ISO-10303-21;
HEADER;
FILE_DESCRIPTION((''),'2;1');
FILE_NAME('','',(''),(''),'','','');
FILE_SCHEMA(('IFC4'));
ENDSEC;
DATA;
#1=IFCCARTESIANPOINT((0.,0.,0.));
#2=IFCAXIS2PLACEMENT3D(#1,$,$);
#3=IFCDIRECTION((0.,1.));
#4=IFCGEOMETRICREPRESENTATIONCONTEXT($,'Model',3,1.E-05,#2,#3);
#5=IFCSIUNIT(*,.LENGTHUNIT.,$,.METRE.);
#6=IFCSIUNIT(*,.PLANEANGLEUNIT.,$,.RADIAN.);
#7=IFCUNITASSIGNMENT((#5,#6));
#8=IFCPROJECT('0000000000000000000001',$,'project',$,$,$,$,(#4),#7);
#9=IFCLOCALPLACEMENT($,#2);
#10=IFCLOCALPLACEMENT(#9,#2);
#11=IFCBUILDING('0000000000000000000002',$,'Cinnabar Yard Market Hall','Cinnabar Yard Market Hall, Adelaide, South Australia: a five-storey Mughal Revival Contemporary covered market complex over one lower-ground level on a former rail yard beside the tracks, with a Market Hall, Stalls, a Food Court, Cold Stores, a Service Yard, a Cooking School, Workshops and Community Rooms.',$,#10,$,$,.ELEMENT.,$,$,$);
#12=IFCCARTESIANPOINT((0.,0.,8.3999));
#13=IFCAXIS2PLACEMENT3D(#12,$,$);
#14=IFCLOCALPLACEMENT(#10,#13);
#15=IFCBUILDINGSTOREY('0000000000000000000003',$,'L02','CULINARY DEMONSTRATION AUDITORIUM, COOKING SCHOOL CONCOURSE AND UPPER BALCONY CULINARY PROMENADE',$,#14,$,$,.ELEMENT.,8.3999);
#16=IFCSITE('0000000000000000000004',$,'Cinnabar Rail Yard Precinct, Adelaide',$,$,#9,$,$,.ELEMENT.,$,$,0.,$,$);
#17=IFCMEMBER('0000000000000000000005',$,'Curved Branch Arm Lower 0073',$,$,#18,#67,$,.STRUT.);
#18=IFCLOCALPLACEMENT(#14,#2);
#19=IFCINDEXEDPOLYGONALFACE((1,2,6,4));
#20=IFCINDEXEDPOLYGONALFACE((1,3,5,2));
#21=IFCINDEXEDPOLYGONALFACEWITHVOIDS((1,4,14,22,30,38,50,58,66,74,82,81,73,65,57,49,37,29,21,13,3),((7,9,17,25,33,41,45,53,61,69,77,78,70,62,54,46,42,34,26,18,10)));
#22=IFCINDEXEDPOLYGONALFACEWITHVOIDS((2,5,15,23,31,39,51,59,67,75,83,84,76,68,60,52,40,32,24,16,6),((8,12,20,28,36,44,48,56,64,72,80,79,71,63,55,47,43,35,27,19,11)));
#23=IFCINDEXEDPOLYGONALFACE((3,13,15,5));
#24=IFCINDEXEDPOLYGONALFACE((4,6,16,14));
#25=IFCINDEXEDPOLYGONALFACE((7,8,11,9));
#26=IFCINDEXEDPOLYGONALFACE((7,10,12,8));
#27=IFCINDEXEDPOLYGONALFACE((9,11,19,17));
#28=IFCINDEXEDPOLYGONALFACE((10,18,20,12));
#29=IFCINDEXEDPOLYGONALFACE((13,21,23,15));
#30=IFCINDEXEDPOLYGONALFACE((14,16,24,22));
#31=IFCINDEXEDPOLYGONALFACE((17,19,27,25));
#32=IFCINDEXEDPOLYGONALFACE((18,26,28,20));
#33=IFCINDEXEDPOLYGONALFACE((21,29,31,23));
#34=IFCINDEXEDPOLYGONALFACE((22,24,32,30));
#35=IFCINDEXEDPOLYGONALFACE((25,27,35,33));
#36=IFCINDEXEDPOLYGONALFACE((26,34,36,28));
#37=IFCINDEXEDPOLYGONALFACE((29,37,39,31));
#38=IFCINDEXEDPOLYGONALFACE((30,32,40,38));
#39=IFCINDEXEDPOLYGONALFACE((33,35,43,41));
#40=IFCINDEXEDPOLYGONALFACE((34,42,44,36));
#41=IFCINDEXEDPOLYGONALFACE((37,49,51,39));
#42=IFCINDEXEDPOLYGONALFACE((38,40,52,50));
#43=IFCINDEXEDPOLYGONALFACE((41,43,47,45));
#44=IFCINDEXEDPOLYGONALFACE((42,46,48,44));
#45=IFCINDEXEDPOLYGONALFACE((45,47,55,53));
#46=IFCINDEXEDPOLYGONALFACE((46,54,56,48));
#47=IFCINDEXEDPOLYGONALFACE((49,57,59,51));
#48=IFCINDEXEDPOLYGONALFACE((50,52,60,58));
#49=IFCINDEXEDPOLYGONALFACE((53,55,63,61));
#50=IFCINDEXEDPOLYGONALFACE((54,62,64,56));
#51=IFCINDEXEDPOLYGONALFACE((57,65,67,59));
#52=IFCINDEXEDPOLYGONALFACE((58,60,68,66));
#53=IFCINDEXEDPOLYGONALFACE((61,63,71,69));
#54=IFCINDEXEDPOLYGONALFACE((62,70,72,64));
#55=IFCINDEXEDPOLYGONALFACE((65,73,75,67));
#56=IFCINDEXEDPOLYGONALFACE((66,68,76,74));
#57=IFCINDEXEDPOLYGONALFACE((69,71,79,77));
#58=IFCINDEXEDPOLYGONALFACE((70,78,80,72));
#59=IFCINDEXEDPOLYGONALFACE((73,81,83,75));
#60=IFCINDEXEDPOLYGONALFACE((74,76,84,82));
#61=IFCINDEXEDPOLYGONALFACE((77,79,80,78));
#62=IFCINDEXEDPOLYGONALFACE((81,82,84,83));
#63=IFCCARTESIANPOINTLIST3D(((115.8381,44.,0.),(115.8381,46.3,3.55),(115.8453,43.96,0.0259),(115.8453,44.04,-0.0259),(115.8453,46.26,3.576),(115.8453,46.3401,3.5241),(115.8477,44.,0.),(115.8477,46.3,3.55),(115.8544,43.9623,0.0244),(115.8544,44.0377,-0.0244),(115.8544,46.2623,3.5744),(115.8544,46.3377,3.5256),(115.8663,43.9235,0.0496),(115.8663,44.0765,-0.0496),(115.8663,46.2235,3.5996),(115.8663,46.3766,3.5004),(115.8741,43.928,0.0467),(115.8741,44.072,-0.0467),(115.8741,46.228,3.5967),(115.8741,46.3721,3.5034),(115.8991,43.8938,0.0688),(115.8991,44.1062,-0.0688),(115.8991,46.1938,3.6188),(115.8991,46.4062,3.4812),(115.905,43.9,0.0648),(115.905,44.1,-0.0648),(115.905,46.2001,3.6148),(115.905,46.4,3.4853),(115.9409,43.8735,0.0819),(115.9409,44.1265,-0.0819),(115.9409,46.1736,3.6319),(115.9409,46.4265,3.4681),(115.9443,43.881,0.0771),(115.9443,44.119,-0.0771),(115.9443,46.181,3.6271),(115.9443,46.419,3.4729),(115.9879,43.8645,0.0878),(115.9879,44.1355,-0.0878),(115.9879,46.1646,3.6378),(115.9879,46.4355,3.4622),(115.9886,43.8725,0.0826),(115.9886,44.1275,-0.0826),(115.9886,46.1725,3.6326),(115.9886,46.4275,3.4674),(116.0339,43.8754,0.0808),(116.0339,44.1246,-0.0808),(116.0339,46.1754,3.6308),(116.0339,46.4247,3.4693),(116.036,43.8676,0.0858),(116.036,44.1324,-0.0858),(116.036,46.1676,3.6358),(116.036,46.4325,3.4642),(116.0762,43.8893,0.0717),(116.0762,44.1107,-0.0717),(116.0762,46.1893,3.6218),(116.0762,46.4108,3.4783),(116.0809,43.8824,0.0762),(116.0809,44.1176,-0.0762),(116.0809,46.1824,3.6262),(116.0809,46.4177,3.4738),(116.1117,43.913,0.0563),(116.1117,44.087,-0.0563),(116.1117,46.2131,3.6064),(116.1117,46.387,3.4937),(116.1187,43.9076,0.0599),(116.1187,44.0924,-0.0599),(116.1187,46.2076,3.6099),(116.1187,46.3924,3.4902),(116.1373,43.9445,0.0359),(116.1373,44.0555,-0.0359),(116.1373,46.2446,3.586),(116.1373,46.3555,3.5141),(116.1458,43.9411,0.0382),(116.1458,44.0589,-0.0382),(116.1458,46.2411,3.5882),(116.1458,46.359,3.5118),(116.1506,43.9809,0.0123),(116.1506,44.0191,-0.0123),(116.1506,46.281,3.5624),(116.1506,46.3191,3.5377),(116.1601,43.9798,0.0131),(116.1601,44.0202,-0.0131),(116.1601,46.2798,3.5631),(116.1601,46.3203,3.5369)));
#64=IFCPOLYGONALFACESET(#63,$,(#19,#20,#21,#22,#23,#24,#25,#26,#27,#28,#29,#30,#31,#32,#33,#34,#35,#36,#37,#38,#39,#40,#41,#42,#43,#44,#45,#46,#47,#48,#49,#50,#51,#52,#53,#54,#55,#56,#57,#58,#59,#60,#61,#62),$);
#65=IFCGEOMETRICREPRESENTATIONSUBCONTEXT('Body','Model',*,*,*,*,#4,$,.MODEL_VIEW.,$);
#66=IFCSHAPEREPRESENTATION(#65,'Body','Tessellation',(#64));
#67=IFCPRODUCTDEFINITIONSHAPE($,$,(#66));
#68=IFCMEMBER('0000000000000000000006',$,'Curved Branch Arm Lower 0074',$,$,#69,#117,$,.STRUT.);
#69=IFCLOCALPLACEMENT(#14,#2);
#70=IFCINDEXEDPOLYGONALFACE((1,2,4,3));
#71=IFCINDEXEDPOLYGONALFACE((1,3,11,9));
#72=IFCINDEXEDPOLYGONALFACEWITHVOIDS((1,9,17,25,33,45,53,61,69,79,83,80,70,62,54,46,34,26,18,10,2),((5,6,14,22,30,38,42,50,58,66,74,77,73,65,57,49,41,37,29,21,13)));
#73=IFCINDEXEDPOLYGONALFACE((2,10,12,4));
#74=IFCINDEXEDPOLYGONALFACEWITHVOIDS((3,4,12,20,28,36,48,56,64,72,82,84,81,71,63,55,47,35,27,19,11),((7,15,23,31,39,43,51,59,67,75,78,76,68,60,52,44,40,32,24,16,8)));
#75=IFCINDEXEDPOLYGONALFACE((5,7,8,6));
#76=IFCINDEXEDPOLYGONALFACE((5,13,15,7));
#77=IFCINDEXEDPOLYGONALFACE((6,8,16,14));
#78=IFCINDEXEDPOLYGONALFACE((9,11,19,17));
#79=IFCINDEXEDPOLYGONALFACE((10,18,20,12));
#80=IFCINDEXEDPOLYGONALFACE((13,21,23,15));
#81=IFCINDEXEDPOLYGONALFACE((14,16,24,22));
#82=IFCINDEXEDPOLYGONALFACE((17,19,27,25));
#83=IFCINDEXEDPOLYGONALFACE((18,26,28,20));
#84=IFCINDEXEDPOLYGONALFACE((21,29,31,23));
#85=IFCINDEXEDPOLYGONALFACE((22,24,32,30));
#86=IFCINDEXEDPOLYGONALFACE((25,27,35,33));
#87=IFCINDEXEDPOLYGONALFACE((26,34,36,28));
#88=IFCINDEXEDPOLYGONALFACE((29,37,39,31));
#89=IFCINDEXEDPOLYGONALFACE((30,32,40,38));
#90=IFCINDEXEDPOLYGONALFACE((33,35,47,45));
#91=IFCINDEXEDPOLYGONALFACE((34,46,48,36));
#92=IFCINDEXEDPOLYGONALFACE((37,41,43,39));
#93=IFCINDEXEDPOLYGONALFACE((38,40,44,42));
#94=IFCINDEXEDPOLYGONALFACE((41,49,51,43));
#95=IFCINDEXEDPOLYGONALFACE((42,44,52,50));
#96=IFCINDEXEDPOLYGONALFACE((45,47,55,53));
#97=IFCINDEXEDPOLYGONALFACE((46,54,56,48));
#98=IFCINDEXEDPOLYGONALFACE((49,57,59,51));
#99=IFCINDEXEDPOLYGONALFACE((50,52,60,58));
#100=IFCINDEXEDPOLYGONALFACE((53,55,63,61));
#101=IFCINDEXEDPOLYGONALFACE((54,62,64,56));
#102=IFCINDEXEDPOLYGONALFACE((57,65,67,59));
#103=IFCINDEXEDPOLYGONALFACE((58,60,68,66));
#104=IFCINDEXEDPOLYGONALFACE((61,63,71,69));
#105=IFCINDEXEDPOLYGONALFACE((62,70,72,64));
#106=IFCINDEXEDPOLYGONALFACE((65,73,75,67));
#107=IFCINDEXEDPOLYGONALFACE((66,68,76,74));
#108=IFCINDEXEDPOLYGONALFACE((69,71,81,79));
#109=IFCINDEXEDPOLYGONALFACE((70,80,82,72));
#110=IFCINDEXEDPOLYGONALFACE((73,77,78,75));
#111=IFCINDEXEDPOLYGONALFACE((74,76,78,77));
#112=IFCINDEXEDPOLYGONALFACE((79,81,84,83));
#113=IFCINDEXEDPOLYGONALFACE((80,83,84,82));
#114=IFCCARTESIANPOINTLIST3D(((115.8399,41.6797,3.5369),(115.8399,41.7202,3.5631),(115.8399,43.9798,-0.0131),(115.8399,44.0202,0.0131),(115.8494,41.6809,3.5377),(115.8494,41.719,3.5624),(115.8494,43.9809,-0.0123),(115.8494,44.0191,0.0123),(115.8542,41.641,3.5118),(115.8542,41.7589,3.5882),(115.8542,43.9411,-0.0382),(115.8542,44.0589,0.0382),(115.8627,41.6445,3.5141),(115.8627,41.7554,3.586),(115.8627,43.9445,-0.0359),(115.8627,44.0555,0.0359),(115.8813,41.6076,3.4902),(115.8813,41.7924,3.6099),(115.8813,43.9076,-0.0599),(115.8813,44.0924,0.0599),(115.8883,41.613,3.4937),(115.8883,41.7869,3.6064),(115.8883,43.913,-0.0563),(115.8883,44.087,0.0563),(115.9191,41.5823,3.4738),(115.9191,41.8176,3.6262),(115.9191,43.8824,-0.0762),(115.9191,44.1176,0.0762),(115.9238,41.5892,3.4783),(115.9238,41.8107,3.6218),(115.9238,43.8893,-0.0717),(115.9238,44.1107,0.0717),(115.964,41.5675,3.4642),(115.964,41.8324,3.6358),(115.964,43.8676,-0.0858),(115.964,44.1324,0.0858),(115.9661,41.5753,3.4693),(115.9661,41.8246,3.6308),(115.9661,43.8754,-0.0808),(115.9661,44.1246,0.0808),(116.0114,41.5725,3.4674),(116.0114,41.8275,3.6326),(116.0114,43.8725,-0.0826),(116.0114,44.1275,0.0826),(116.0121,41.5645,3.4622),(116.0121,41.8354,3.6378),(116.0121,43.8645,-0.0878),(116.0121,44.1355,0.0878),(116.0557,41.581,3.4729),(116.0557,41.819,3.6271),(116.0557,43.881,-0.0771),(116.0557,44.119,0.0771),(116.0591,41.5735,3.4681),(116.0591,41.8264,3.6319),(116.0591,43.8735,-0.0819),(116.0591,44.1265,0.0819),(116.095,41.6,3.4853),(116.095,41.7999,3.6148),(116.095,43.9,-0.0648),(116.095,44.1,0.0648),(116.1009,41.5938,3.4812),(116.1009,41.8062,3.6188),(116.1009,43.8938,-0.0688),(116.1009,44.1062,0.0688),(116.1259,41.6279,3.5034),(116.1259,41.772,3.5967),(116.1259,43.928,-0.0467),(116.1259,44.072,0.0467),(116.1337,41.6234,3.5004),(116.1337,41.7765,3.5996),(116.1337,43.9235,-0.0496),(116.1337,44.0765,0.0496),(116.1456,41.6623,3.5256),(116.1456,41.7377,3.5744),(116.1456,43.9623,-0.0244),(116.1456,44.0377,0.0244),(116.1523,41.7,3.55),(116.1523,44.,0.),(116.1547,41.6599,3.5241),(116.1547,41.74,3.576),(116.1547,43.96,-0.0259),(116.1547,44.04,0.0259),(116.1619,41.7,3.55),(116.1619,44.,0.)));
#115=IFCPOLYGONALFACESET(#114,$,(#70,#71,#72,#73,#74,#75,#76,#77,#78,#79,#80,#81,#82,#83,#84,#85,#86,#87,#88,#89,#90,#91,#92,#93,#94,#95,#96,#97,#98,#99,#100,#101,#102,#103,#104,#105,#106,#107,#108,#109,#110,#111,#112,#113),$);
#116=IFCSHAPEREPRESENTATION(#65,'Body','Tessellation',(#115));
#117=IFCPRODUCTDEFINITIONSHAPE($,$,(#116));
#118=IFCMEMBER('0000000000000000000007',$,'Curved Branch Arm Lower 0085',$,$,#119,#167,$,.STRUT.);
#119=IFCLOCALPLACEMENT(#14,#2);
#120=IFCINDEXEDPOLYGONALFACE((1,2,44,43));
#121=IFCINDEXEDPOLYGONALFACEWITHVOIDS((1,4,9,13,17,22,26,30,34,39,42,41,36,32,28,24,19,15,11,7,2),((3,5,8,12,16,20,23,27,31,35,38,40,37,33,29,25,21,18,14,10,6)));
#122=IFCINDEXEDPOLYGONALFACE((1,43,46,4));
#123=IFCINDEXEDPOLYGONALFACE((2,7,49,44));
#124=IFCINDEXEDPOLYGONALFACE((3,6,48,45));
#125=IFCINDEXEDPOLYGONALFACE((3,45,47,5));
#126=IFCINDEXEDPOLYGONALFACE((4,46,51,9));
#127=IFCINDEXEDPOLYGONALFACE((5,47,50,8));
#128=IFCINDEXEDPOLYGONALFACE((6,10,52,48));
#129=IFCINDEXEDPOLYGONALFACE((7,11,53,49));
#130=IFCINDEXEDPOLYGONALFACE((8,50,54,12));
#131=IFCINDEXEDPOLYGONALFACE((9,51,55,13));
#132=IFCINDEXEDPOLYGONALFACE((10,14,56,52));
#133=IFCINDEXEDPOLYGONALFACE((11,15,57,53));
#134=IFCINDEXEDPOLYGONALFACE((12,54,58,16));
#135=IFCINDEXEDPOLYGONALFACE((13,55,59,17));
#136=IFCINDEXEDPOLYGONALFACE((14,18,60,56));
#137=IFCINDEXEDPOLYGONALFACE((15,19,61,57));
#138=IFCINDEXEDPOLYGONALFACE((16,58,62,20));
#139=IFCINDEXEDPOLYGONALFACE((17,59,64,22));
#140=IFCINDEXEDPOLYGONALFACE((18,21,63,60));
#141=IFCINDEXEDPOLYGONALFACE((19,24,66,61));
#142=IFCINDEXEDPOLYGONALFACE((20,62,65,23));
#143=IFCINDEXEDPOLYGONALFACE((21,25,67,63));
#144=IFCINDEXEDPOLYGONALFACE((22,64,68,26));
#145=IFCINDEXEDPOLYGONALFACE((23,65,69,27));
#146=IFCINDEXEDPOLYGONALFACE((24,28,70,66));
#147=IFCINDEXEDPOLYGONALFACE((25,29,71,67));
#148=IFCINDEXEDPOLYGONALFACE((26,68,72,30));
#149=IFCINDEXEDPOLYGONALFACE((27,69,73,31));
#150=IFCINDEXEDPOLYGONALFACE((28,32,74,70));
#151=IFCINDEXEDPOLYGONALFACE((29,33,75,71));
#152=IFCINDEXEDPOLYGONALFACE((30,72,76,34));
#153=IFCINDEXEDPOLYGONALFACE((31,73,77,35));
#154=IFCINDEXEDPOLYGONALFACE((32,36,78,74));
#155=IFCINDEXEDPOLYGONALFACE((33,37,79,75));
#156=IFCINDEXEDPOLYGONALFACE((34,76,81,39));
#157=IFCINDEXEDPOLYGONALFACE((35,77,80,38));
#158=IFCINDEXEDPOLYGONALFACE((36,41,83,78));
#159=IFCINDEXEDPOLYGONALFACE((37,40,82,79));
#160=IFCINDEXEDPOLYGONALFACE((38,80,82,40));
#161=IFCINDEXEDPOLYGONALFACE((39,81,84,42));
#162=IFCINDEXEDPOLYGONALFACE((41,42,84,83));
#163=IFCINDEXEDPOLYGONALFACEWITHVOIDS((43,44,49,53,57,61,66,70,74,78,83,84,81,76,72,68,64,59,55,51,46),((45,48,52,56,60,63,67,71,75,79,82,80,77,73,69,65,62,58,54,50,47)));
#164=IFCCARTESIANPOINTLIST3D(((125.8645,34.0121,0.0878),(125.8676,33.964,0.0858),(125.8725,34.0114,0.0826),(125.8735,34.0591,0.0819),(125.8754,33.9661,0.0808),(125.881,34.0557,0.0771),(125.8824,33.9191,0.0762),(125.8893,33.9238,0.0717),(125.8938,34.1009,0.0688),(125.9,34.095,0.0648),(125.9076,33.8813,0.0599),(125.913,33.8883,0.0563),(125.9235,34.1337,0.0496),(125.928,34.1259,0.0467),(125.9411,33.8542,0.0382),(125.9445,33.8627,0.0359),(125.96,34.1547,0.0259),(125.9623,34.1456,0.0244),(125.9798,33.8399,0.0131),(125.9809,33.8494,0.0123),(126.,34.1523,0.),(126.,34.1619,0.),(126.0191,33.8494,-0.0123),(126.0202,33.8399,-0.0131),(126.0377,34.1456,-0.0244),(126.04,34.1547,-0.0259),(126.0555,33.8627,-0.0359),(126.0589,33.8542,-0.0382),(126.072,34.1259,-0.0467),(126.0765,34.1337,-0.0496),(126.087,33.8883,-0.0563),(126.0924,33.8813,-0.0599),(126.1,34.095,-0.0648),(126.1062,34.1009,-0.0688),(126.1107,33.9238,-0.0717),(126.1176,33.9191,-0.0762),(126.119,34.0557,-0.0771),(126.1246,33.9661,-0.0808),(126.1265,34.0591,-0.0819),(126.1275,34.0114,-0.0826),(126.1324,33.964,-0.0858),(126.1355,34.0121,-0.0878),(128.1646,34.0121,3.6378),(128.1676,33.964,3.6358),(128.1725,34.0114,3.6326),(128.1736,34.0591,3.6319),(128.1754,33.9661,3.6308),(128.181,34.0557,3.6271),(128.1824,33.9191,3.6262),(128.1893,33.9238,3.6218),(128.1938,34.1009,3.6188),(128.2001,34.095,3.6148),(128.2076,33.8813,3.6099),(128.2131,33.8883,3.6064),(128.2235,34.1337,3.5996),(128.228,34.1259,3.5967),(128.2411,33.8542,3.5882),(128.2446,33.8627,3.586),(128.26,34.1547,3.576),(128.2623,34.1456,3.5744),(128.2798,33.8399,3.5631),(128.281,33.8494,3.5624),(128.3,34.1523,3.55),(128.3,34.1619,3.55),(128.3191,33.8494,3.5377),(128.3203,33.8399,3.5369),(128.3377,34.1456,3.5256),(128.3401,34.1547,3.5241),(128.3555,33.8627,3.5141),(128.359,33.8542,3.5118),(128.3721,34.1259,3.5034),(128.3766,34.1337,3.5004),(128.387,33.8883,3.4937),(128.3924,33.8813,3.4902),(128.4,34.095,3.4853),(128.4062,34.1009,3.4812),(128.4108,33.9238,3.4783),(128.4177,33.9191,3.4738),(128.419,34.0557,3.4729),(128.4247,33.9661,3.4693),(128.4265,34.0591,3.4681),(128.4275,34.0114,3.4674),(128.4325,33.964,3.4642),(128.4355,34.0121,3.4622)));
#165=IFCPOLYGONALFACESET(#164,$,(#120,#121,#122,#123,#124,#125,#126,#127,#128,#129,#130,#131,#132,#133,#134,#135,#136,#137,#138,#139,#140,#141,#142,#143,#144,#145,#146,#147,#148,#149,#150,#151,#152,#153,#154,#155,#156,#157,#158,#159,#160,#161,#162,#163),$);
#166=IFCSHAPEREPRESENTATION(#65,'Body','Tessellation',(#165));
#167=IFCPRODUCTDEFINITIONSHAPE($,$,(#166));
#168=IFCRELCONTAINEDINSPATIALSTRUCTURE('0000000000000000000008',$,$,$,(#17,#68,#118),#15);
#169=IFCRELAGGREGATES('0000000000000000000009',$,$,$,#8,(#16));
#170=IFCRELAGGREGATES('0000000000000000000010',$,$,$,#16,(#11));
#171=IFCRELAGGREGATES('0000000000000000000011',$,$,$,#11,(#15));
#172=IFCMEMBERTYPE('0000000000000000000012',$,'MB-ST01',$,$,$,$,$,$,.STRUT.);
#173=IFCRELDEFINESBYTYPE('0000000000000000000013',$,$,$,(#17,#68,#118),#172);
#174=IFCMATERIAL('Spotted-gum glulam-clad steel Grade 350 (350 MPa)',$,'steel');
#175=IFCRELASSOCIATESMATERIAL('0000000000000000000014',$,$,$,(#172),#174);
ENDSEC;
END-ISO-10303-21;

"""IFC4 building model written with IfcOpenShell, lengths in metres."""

from ifc_helpers import new_model, si_unit, direction, frame, origin, origin_2d_with_axis, place, context, subcontext, project, spatial, hollow_circle, extrude, material, material_profile, profile_set, type_object, element, save


model = new_model("IFC4")

# Units and contexts
model_context = context("Model", 3, precision=1e-05, world=origin(), true_north=direction((0.0, 1.0)))
body_context = subcontext(model_context, "Body", "Model", "MODEL_VIEW")
ifc_project = project(units=[si_unit("LENGTHUNIT", "METRE"), si_unit("PLANEANGLEUNIT", "RADIAN")], contexts=[model_context])

# Site, building, storey
site_placement = place(None, origin())
site = spatial("IfcSite", under=ifc_project, at=site_placement, Name="Cinnabar Rail Yard Precinct, Adelaide", CompositionType="ELEMENT", RefElevation=0.0)
building_placement = place(site_placement, origin())
building = spatial("IfcBuilding", under=site, at=building_placement, Name="Cinnabar Yard Market Hall", Description="Cinnabar Yard Market Hall, Adelaide, South Australia: a five-storey Mughal Revival Contemporary covered market complex over one lower-ground level on a former rail yard beside the tracks, with a Market Hall, Stalls, a Food Court, Cold Stores, a Service Yard, a Cooking School, Workshops and Community Rooms.", CompositionType="ELEMENT")
storey_placement = place(building_placement, frame((0.0, 0.0, 8.3999)))
storey = spatial("IfcBuildingStorey", under=building, at=storey_placement, Name="L02", Description="CULINARY DEMONSTRATION AUDITORIUM, COOKING SCHOOL CONCOURSE AND UPPER BALCONY CULINARY PROMENADE", CompositionType="ELEMENT", Elevation=8.3999)

# Shared definitions
ifc_material_1 = material(Name="Spotted-gum glulam-clad steel Grade 350 (350 MPa)", Category="steel")

# Members
ifc_material_profile_1 = material_profile(ifc_material_1, hollow_circle(Radius=0.1619, WallThickness=0.0095, at=origin_2d_with_axis()), Name="323.9x9.5CHS")
ifc_profile_set_1 = profile_set([ifc_material_profile_1], Name="Spotted-gum glulam-clad steel Grade 350 (350 MPa)")
member_type_1 = type_object("IfcMemberType", Name="MB-ST01", PredefinedType="STRUT", material=ifc_profile_set_1)
for number, where, z_axis, x_axis, name in (
    (1, (116.0, 44.0, 0.0), (0.0, 0.543744, 0.839251), (-1.0, 0.0, 0.0), "Curved Branch Arm Lower 0073"),
    (2, (116.0, 44.0, 0.0), (0.0, -0.543744, 0.839251), (1.0, 0.0, 0.0), "Curved Branch Arm Lower 0074"),
    (3, (126.0, 34.0, 0.0), (0.543744, 0.0, 0.839251), (0.0, 1.0, 0.0), "Curved Branch Arm Lower 0085"),
):
    element("IfcMember", number, at=place(storey_placement, frame(where, z_axis=z_axis, x_axis=x_axis)), inside=storey, type_object=member_type_1, Name=name, PredefinedType="STRUT", context=body_context, shape_type="SweptSolid", body=[
        extrude(hollow_circle(Radius=0.1619, WallThickness=0.0095, at=origin_2d_with_axis()), origin(), (0.0, 0.0, 1.0), 4.23),
    ])

save(model, "model.ifc")
